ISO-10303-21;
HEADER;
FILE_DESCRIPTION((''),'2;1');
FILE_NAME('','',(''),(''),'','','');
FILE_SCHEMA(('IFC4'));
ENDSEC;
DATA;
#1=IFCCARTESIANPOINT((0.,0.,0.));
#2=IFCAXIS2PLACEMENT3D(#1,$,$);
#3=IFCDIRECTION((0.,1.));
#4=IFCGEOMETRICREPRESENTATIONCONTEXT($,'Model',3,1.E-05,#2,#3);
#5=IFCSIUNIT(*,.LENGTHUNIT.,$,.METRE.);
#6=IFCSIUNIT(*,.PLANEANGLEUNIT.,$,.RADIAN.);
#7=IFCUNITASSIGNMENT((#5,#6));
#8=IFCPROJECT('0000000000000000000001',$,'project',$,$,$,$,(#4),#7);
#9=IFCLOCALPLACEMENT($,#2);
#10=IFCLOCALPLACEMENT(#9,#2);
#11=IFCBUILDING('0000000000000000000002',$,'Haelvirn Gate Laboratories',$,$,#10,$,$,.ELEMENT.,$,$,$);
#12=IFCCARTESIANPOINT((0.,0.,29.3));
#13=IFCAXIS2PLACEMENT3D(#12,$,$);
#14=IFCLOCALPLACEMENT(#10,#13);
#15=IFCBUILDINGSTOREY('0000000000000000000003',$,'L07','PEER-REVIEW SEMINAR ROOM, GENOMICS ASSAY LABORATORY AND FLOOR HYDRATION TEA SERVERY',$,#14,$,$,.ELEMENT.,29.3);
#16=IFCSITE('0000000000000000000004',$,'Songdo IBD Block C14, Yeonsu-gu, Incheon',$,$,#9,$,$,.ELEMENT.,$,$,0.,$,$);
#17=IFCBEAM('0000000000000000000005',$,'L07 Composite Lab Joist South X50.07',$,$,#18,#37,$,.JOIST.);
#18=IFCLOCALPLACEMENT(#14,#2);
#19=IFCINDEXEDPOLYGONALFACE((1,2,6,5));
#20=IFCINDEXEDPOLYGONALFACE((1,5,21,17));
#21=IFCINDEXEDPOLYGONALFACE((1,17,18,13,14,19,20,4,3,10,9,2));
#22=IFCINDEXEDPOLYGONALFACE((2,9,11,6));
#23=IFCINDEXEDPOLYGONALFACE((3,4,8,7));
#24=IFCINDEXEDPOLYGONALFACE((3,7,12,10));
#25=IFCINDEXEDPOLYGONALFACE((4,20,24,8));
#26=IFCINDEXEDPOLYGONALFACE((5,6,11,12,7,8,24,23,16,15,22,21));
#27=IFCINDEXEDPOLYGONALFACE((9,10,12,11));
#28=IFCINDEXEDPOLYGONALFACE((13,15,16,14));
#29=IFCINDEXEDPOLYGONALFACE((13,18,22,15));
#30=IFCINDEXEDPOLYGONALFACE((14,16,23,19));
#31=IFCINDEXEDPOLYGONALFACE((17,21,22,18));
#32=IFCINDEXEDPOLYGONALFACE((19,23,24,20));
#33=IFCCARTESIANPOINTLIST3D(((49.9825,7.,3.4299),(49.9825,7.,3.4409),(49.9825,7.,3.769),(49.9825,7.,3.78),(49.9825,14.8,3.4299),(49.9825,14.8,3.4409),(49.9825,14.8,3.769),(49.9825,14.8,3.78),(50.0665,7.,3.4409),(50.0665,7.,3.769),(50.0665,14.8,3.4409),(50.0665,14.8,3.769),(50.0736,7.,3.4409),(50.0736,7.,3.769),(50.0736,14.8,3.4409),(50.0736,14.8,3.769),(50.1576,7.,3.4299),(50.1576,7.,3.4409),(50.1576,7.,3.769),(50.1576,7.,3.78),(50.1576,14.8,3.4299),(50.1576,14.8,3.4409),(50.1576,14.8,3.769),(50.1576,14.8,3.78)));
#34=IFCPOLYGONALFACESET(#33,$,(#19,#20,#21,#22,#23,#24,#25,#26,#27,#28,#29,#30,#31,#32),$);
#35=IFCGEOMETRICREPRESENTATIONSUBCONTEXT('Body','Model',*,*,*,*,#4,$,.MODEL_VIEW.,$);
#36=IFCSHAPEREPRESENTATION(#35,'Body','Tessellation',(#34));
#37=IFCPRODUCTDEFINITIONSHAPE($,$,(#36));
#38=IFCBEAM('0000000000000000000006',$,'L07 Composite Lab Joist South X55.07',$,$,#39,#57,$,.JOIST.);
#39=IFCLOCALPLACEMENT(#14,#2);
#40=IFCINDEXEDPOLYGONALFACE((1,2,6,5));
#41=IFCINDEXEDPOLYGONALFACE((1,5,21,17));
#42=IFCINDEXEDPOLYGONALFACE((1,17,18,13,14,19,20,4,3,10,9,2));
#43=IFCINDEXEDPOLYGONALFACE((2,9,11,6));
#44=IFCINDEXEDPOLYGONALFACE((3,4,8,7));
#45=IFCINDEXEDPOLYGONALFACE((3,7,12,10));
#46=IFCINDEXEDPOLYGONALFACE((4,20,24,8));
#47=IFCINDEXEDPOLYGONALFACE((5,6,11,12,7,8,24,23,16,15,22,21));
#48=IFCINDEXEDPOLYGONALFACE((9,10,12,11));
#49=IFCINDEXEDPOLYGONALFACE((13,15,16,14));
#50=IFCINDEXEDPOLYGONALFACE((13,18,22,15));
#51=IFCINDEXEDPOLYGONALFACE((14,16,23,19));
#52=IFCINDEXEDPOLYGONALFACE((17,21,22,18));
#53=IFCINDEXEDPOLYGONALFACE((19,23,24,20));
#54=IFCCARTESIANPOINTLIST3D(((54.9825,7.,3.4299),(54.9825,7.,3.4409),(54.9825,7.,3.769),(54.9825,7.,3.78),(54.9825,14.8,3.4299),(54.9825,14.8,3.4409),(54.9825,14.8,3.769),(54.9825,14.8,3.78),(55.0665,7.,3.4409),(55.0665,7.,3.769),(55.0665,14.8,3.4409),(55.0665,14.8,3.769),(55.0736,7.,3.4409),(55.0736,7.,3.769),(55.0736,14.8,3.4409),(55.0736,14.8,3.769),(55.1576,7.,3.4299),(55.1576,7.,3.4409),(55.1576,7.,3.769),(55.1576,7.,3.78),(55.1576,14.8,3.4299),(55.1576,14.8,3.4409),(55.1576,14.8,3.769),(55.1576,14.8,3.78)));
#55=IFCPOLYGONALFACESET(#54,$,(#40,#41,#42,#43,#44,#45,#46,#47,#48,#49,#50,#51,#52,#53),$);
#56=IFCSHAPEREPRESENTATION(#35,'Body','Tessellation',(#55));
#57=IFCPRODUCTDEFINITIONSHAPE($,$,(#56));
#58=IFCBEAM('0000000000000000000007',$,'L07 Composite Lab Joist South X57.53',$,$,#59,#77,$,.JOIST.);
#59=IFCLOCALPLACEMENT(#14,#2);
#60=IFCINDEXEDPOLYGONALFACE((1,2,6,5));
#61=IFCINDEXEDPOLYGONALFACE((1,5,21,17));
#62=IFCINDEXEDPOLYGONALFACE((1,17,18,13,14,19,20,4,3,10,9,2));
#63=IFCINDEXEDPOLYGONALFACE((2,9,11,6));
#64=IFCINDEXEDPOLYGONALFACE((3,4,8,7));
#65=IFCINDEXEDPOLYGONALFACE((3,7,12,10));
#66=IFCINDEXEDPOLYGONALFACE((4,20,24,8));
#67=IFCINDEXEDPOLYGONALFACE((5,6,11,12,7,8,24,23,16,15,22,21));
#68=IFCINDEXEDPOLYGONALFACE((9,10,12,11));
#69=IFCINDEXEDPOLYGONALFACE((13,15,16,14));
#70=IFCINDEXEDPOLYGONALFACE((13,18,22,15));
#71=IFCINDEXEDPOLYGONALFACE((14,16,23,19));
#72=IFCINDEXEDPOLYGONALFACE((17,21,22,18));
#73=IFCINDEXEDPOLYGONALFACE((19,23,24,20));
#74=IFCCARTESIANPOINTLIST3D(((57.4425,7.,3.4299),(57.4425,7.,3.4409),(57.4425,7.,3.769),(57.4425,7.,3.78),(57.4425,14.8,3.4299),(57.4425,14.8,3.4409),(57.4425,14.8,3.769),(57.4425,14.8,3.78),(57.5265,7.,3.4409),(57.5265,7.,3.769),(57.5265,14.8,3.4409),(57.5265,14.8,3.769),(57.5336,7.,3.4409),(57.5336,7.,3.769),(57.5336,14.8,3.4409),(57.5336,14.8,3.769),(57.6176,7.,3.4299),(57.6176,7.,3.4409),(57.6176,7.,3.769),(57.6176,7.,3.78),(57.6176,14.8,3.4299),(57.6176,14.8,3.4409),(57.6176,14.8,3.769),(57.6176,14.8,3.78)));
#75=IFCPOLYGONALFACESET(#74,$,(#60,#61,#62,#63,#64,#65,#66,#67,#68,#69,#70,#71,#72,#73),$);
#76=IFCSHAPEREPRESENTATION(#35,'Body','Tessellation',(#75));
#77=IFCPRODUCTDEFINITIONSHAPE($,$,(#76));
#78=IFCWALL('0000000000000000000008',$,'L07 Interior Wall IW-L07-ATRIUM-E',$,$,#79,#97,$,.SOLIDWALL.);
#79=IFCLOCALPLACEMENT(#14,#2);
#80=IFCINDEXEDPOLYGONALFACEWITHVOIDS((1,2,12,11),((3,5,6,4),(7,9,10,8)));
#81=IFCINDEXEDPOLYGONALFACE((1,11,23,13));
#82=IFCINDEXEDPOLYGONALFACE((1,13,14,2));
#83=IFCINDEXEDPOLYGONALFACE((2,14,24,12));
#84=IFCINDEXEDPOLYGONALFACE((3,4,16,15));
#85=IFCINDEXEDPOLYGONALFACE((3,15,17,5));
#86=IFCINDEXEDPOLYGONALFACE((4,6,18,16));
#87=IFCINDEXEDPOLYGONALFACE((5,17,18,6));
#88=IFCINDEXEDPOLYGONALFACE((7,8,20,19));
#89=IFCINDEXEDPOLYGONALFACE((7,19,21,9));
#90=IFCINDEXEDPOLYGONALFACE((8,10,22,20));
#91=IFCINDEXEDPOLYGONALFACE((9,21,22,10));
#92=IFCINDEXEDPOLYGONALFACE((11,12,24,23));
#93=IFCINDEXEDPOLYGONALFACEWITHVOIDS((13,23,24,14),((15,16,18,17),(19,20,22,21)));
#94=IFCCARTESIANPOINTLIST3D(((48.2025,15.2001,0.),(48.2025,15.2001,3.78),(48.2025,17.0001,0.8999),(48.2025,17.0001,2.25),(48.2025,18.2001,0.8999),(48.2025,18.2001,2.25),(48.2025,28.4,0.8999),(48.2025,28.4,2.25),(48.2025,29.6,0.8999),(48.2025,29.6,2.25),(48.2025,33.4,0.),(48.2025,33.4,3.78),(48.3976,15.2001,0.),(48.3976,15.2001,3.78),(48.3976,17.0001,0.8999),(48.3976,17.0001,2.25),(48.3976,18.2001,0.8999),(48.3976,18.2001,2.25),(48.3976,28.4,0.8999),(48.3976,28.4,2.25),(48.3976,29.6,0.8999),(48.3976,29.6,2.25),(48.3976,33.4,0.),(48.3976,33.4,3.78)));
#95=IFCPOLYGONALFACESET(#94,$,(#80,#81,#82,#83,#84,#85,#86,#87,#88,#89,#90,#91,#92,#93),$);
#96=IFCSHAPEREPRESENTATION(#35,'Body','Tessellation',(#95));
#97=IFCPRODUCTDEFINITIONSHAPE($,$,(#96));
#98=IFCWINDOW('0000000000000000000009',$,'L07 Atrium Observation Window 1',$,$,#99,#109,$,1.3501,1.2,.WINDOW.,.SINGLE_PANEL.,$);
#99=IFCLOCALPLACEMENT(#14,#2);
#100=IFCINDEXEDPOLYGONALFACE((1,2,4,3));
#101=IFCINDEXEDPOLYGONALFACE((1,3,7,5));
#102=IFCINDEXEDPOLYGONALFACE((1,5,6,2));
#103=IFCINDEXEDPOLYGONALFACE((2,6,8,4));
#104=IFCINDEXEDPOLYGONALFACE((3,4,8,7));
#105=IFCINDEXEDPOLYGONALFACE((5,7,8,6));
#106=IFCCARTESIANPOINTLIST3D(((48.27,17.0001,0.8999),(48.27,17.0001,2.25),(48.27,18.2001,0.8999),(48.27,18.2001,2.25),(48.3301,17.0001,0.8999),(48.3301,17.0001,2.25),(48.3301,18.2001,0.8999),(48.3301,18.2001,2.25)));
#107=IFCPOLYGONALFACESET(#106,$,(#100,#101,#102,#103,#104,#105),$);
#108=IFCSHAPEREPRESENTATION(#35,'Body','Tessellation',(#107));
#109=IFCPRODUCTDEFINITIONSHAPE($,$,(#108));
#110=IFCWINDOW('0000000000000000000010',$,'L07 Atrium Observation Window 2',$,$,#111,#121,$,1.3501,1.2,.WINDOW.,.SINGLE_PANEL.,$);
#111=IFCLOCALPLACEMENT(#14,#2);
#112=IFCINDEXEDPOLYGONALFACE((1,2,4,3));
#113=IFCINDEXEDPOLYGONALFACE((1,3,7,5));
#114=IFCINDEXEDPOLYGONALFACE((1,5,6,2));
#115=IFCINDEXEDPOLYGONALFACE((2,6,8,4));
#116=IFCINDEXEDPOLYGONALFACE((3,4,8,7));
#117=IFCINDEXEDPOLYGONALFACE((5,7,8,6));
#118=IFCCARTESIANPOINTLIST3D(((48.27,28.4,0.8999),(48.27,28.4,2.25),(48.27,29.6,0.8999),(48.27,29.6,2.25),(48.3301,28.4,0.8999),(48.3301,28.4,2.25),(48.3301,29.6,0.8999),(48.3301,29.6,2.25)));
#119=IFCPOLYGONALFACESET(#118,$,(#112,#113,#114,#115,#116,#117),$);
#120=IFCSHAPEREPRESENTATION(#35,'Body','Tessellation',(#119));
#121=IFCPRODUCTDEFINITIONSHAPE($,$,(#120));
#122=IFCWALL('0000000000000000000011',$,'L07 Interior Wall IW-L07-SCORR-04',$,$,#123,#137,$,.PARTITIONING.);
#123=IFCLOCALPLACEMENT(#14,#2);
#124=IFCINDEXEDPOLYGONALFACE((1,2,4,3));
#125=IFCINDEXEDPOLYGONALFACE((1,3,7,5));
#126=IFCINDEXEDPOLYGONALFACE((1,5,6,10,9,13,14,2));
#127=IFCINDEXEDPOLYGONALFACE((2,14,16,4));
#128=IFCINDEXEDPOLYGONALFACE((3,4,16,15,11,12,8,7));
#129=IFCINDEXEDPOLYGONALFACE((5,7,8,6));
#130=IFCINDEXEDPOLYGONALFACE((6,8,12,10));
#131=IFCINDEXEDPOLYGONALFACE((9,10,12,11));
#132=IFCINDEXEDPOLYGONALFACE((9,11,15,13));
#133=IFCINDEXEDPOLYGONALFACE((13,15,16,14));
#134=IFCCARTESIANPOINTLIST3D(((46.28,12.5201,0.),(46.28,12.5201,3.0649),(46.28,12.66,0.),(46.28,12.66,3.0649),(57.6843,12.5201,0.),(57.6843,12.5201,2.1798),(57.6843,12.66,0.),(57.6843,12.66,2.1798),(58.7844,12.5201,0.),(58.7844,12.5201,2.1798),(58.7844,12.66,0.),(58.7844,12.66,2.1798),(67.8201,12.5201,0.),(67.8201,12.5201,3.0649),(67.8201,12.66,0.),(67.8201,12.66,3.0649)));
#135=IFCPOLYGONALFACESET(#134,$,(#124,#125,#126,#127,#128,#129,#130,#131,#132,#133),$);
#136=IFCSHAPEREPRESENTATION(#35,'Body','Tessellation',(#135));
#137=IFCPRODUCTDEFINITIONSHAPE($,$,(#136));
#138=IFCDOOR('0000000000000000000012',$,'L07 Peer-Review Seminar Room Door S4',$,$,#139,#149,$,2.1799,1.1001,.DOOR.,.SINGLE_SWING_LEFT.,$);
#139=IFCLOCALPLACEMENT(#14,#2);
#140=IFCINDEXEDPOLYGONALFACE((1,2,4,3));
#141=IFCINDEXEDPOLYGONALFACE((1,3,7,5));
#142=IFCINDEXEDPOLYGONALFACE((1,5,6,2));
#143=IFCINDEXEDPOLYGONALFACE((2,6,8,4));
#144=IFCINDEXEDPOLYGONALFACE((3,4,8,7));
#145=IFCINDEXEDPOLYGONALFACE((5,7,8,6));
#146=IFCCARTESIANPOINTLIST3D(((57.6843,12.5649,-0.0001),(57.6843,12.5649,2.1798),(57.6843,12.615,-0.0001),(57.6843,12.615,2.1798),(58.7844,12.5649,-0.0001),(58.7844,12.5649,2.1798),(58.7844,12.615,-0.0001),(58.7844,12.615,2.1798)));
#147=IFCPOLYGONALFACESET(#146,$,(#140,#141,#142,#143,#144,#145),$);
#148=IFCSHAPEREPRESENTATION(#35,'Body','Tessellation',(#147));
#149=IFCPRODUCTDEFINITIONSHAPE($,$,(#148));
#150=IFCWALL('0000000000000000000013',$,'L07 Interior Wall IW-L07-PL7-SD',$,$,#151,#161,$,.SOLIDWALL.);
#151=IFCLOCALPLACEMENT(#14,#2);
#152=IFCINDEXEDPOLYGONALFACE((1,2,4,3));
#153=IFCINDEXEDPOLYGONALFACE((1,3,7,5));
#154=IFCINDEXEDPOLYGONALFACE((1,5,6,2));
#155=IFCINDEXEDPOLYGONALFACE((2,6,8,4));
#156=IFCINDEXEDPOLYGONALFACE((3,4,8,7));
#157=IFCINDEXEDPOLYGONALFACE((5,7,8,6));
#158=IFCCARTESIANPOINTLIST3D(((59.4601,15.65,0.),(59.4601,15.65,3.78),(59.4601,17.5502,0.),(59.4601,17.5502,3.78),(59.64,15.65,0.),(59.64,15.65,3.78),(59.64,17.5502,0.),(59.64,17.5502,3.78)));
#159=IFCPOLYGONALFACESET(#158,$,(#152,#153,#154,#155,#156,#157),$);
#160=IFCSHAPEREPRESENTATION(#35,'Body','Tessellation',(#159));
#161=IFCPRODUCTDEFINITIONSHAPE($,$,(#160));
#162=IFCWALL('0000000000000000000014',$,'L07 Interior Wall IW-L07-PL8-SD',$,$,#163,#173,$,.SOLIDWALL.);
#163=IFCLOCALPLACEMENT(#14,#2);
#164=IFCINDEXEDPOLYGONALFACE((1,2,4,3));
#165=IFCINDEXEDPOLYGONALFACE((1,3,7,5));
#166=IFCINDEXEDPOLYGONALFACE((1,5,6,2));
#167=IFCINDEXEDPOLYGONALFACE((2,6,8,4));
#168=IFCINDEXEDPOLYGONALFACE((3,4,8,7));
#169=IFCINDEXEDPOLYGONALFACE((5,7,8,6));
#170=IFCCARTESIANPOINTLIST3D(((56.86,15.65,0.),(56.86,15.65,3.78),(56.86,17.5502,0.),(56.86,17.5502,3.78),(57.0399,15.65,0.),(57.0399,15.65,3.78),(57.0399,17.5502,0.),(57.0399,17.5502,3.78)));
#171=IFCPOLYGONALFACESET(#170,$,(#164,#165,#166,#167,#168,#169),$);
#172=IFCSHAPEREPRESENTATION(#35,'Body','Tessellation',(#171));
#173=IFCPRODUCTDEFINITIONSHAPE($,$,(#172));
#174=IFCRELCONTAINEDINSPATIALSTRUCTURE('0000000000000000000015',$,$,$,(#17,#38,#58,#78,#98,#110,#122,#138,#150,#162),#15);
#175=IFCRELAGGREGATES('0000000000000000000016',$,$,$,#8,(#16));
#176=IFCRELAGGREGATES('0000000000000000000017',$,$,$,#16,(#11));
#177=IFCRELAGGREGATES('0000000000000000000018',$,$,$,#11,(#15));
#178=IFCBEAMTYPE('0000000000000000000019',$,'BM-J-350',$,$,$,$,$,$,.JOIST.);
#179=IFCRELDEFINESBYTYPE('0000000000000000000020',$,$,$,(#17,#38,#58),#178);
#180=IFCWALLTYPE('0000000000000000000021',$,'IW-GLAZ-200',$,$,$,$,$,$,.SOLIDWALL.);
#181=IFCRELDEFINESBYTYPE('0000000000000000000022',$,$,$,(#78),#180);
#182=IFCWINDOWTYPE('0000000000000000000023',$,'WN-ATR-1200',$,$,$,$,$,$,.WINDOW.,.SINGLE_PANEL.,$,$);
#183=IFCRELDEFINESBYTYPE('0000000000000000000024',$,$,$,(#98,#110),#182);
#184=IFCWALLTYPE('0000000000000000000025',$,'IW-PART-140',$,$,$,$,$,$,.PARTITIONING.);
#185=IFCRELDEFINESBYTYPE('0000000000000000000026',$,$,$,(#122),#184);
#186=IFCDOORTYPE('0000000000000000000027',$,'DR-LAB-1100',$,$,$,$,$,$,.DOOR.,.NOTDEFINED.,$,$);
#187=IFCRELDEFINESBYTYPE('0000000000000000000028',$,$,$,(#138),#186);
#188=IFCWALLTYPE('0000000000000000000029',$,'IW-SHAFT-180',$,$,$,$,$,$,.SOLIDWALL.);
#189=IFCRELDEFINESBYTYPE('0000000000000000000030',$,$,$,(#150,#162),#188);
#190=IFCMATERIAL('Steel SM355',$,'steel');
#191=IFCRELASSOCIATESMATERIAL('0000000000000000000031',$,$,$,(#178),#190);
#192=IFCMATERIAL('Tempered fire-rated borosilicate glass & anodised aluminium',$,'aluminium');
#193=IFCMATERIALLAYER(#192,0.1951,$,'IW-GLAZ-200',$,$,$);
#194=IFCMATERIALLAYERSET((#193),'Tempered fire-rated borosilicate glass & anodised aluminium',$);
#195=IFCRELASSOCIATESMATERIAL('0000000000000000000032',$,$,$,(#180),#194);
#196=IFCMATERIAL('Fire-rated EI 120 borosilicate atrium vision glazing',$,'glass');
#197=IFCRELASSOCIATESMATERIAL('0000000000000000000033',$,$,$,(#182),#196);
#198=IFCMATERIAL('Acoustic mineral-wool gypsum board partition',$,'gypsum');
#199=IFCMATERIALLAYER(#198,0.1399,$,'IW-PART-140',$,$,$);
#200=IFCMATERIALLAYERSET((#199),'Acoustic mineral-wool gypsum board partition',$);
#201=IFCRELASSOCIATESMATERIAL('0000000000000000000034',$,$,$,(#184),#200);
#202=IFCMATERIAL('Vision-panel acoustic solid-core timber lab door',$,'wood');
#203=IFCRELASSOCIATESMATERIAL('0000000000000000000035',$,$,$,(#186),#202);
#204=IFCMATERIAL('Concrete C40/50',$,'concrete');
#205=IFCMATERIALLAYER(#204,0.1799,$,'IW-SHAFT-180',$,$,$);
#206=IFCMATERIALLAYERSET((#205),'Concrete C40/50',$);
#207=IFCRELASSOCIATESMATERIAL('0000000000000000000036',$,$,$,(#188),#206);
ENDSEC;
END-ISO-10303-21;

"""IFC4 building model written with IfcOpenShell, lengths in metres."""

from ifc_helpers import new_model, si_unit, direction, frame, frame_2d, origin, origin_2d, place, context, subcontext, project, spatial, rectangle, i_section, extrude, source, transform, mapped, material, layer, layer_set, material_profile, profile_set, type_object, type_shapes, element, fill, save


model = new_model("IFC4")

# Units and contexts
model_context = context("Model", 3, precision=1e-05, world=origin(), true_north=direction((0.0, 1.0)))
body_context = subcontext(model_context, "Body", "Model", "MODEL_VIEW")
ifc_project = project(units=[si_unit("LENGTHUNIT", "METRE"), si_unit("PLANEANGLEUNIT", "RADIAN")], contexts=[model_context])

# Site, building, storey
site_placement = place(None, origin())
site = spatial("IfcSite", under=ifc_project, at=site_placement, Name="Songdo IBD Block C14, Yeonsu-gu, Incheon", CompositionType="ELEMENT", RefElevation=0.0)
building_placement = place(site_placement, origin())
building = spatial("IfcBuilding", under=site, at=building_placement, Name="Haelvirn Gate Laboratories", CompositionType="ELEMENT")
storey_placement = place(building_placement, frame((0.0, 0.0, 29.3)))
storey = spatial("IfcBuildingStorey", under=building, at=storey_placement, Name="L07", Description="PEER-REVIEW SEMINAR ROOM, GENOMICS ASSAY LABORATORY AND FLOOR HYDRATION TEA SERVERY", CompositionType="ELEMENT", Elevation=29.3)

# Beams
ifc_material_1 = material(Name="Steel SM355", Category="steel")
ifc_material_profile_1 = material_profile(ifc_material_1, i_section(OverallWidth=0.175, OverallDepth=0.3501, WebThickness=0.0071, FlangeThickness=0.011, at=origin_2d()), Name="H-350x175x7x11")
ifc_profile_set_1 = profile_set([ifc_material_profile_1], Name="Steel SM355")
beam_type_1 = type_object("IfcBeamType", Name="BM-J-350", PredefinedType="JOIST", material=ifc_profile_set_1)
shared_shape_1 = source(origin(), body_context, "Body", "SweptSolid", [
    extrude(i_section(OverallWidth=0.175, OverallDepth=0.3501, WebThickness=0.0071, FlangeThickness=0.011, at=origin_2d()), origin(), (0.0, 0.0, 1.0), 7.8),
])
type_shapes(beam_type_1, [shared_shape_1])
for number, where, z_axis, x_axis, name in (
    (1, (50.0701, 7.0, 3.605), (0.0, 1.0, 0.0), (-1.0, 0.0, 0.0), "L07 Composite Lab Joist South X50.07"),
    (2, (55.0701, 7.0, 3.605), (0.0, 1.0, 0.0), (-1.0, 0.0, 0.0), "L07 Composite Lab Joist South X55.07"),
    (3, (57.53, 7.0, 3.605), (0.0, 1.0, 0.0), (-1.0, 0.0, 0.0), "L07 Composite Lab Joist South X57.53"),
):
    element("IfcBeam", number, at=place(storey_placement, frame(where, z_axis=z_axis, x_axis=x_axis)), inside=storey, type_object=beam_type_1, Name=name, PredefinedType="JOIST", context=body_context, shape_type="MappedRepresentation", body=[
        mapped(shared_shape_1, transform((0.0, 0.0, 0.0), scale=1.0)),
    ])

# Wall, openings, windows
ifc_material_2 = material(Name="Tempered fire-rated borosilicate glass & anodised aluminium", Category="aluminium")
ifc_layer_1 = layer(ifc_material_2, 0.1951, Name="IW-GLAZ-200")
ifc_layer_set_1 = layer_set([ifc_layer_1], Name="Tempered fire-rated borosilicate glass & anodised aluminium")
wall_type_1 = type_object("IfcWallType", Name="IW-GLAZ-200", PredefinedType="SOLIDWALL", material=ifc_layer_set_1)
wall_1_placement = place(storey_placement, frame((48.3, 15.2, 0.0), z_axis=(0.0, 0.0, 1.0), x_axis=(0.0, 1.0, 0.0)))
wall_1 = element("IfcWall", 4, at=wall_1_placement, inside=storey, type_object=wall_type_1, Name="L07 Interior Wall IW-L07-ATRIUM-E", PredefinedType="SOLIDWALL", context=body_context, shape_type="SweptSolid", body=[
    extrude(rectangle(XDim=18.2, YDim=0.1951, at=frame_2d((9.1001, 0.0))), origin(), (0.0, 0.0, 1.0), 3.78),
])
opening_1_placement = place(wall_1_placement, frame((1.8, 0.0, 0.8999)))
opening_1 = element("IfcOpeningElement", 5, at=opening_1_placement, cuts=wall_1, PredefinedType="OPENING", context=body_context, shape_type="SweptSolid", body=[
    extrude(rectangle(XDim=1.2, YDim=1.3501, at=frame_2d((0.6001, 0.675))), frame((0.0, 0.1074, 0.0), z_axis=(0.0, -1.0, 0.0), x_axis=(1.0, 0.0, 0.0)), (0.0, 0.0, 1.0), 0.2151),
])
opening_2_placement = place(wall_1_placement, frame((13.2, 0.0, 0.8999)))
opening_2 = element("IfcOpeningElement", 6, at=opening_2_placement, cuts=wall_1, PredefinedType="OPENING", context=body_context, shape_type="SweptSolid", body=[
    extrude(rectangle(XDim=1.2, YDim=1.3501, at=frame_2d((0.6001, 0.675))), frame((0.0, 0.1074, 0.0), z_axis=(0.0, -1.0, 0.0), x_axis=(1.0, 0.0, 0.0)), (0.0, 0.0, 1.0), 0.2151),
])
ifc_material_3 = material(Name="Fire-rated EI 120 borosilicate atrium vision glazing", Category="glass")
window_type = type_object("IfcWindowType", Name="WN-ATR-1200", PartitioningType="SINGLE_PANEL", PredefinedType="WINDOW", material=ifc_material_3)
shared_shape_2 = source(origin(), body_context, "Body", "SweptSolid", [
    extrude(rectangle(XDim=1.2, YDim=1.3501, at=frame_2d((0.6001, 0.675))), frame((0.0, 0.03, 0.0), z_axis=(0.0, -1.0, 0.0), x_axis=(1.0, 0.0, 0.0)), (0.0, 0.0, 1.0), 0.0601),
])
type_shapes(window_type, [shared_shape_2])
window_1_placement = place(opening_1_placement, origin())
window_1 = element("IfcWindow", 7, at=window_1_placement, inside=storey, type_object=window_type, Name="L07 Atrium Observation Window 1", OverallHeight=1.3501, OverallWidth=1.2, PartitioningType="SINGLE_PANEL", PredefinedType="WINDOW", context=body_context, shape_type="MappedRepresentation", body=[
    mapped(shared_shape_2, transform((0.0, 0.0, 0.0), scale=1.0)),
])
fill(opening_1, window_1)
window_2_placement = place(opening_2_placement, origin())
window_2 = element("IfcWindow", 8, at=window_2_placement, inside=storey, type_object=window_type, Name="L07 Atrium Observation Window 2", OverallHeight=1.3501, OverallWidth=1.2, PartitioningType="SINGLE_PANEL", PredefinedType="WINDOW", context=body_context, shape_type="MappedRepresentation", body=[
    mapped(shared_shape_2, transform((0.0, 0.0, 0.0), scale=1.0)),
])
fill(opening_2, window_2)

# Wall, opening, door
ifc_material_4 = material(Name="Acoustic mineral-wool gypsum board partition", Category="gypsum")
ifc_layer_2 = layer(ifc_material_4, 0.1399, Name="IW-PART-140")
ifc_layer_set_2 = layer_set([ifc_layer_2], Name="Acoustic mineral-wool gypsum board partition")
wall_type_2 = type_object("IfcWallType", Name="IW-PART-140", PredefinedType="PARTITIONING", material=ifc_layer_set_2)
wall_2_placement = place(storey_placement, frame((46.28, 12.5901, 0.0), z_axis=(0.0, 0.0, 1.0), x_axis=(1.0, 0.0, 0.0)))
wall_2 = element("IfcWall", 9, at=wall_2_placement, inside=storey, type_object=wall_type_2, Name="L07 Interior Wall IW-L07-SCORR-04", PredefinedType="PARTITIONING", context=body_context, shape_type="SweptSolid", body=[
    extrude(rectangle(XDim=21.54, YDim=0.1399, at=frame_2d((10.77, 0.0))), origin(), (0.0, 0.0, 1.0), 3.0649),
])
opening_3_placement = place(wall_2_placement, frame((11.4043, 0.0, 0.0)))
opening_3 = element("IfcOpeningElement", 10, at=opening_3_placement, cuts=wall_2, PredefinedType="OPENING", context=body_context, shape_type="SweptSolid", body=[
    extrude(rectangle(XDim=1.1001, YDim=2.1799, at=frame_2d((0.55, 1.0898))), frame((0.0, 0.0801, 0.0), z_axis=(0.0, -1.0, 0.0), x_axis=(1.0, 0.0, 0.0)), (0.0, 0.0, 1.0), 0.1599),
])
ifc_material_5 = material(Name="Vision-panel acoustic solid-core timber lab door", Category="wood")
door_type_1 = type_object("IfcDoorType", Name="DR-LAB-1100", OperationType="NOTDEFINED", PredefinedType="DOOR", material=ifc_material_5)
shared_shape_3 = source(origin(), body_context, "Body", "SweptSolid", [
    extrude(rectangle(XDim=1.1001, YDim=2.1799, at=frame_2d((0.55, 1.0898))), frame((0.0, 0.0249, 0.0), z_axis=(0.0, -1.0, 0.0), x_axis=(1.0, 0.0, 0.0)), (0.0, 0.0, 1.0), 0.05),
])
type_shapes(door_type_1, [shared_shape_3])
door_1_placement = place(opening_3_placement, origin())
door_1 = element("IfcDoor", 11, at=door_1_placement, inside=storey, type_object=door_type_1, Name="L07 Peer-Review Seminar Room Door S4", OperationType="SINGLE_SWING_LEFT", OverallHeight=2.1799, OverallWidth=1.1001, PredefinedType="DOOR", context=body_context, shape_type="MappedRepresentation", body=[
    mapped(shared_shape_3, transform((0.0, 0.0, 0.0), scale=1.0)),
])
fill(opening_3, door_1)

# Walls
ifc_material_6 = material(Name="Concrete C40/50", Category="concrete")
ifc_layer_3 = layer(ifc_material_6, 0.1799, Name="IW-SHAFT-180")
ifc_layer_set_3 = layer_set([ifc_layer_3], Name="Concrete C40/50")
wall_type_3 = type_object("IfcWallType", Name="IW-SHAFT-180", PredefinedType="SOLIDWALL", material=ifc_layer_set_3)
for number, where, z_axis, x_axis, name in (
    (12, (59.55, 15.6499, 0.0), (0.0, 0.0, 1.0), (0.0, 1.0, 0.0), "L07 Interior Wall IW-L07-PL7-SD"),
    (13, (56.95, 15.6499, 0.0), (0.0, 0.0, 1.0), (0.0, 1.0, 0.0), "L07 Interior Wall IW-L07-PL8-SD"),
):
    element("IfcWall", number, at=place(storey_placement, frame(where, z_axis=z_axis, x_axis=x_axis)), inside=storey, type_object=wall_type_3, Name=name, PredefinedType="SOLIDWALL", context=body_context, shape_type="SweptSolid", body=[
        extrude(rectangle(XDim=1.9001, YDim=0.1799, at=frame_2d((0.9502, 0.0))), origin(), (0.0, 0.0, 1.0), 3.78),
    ])

save(model, "model.ifc")
